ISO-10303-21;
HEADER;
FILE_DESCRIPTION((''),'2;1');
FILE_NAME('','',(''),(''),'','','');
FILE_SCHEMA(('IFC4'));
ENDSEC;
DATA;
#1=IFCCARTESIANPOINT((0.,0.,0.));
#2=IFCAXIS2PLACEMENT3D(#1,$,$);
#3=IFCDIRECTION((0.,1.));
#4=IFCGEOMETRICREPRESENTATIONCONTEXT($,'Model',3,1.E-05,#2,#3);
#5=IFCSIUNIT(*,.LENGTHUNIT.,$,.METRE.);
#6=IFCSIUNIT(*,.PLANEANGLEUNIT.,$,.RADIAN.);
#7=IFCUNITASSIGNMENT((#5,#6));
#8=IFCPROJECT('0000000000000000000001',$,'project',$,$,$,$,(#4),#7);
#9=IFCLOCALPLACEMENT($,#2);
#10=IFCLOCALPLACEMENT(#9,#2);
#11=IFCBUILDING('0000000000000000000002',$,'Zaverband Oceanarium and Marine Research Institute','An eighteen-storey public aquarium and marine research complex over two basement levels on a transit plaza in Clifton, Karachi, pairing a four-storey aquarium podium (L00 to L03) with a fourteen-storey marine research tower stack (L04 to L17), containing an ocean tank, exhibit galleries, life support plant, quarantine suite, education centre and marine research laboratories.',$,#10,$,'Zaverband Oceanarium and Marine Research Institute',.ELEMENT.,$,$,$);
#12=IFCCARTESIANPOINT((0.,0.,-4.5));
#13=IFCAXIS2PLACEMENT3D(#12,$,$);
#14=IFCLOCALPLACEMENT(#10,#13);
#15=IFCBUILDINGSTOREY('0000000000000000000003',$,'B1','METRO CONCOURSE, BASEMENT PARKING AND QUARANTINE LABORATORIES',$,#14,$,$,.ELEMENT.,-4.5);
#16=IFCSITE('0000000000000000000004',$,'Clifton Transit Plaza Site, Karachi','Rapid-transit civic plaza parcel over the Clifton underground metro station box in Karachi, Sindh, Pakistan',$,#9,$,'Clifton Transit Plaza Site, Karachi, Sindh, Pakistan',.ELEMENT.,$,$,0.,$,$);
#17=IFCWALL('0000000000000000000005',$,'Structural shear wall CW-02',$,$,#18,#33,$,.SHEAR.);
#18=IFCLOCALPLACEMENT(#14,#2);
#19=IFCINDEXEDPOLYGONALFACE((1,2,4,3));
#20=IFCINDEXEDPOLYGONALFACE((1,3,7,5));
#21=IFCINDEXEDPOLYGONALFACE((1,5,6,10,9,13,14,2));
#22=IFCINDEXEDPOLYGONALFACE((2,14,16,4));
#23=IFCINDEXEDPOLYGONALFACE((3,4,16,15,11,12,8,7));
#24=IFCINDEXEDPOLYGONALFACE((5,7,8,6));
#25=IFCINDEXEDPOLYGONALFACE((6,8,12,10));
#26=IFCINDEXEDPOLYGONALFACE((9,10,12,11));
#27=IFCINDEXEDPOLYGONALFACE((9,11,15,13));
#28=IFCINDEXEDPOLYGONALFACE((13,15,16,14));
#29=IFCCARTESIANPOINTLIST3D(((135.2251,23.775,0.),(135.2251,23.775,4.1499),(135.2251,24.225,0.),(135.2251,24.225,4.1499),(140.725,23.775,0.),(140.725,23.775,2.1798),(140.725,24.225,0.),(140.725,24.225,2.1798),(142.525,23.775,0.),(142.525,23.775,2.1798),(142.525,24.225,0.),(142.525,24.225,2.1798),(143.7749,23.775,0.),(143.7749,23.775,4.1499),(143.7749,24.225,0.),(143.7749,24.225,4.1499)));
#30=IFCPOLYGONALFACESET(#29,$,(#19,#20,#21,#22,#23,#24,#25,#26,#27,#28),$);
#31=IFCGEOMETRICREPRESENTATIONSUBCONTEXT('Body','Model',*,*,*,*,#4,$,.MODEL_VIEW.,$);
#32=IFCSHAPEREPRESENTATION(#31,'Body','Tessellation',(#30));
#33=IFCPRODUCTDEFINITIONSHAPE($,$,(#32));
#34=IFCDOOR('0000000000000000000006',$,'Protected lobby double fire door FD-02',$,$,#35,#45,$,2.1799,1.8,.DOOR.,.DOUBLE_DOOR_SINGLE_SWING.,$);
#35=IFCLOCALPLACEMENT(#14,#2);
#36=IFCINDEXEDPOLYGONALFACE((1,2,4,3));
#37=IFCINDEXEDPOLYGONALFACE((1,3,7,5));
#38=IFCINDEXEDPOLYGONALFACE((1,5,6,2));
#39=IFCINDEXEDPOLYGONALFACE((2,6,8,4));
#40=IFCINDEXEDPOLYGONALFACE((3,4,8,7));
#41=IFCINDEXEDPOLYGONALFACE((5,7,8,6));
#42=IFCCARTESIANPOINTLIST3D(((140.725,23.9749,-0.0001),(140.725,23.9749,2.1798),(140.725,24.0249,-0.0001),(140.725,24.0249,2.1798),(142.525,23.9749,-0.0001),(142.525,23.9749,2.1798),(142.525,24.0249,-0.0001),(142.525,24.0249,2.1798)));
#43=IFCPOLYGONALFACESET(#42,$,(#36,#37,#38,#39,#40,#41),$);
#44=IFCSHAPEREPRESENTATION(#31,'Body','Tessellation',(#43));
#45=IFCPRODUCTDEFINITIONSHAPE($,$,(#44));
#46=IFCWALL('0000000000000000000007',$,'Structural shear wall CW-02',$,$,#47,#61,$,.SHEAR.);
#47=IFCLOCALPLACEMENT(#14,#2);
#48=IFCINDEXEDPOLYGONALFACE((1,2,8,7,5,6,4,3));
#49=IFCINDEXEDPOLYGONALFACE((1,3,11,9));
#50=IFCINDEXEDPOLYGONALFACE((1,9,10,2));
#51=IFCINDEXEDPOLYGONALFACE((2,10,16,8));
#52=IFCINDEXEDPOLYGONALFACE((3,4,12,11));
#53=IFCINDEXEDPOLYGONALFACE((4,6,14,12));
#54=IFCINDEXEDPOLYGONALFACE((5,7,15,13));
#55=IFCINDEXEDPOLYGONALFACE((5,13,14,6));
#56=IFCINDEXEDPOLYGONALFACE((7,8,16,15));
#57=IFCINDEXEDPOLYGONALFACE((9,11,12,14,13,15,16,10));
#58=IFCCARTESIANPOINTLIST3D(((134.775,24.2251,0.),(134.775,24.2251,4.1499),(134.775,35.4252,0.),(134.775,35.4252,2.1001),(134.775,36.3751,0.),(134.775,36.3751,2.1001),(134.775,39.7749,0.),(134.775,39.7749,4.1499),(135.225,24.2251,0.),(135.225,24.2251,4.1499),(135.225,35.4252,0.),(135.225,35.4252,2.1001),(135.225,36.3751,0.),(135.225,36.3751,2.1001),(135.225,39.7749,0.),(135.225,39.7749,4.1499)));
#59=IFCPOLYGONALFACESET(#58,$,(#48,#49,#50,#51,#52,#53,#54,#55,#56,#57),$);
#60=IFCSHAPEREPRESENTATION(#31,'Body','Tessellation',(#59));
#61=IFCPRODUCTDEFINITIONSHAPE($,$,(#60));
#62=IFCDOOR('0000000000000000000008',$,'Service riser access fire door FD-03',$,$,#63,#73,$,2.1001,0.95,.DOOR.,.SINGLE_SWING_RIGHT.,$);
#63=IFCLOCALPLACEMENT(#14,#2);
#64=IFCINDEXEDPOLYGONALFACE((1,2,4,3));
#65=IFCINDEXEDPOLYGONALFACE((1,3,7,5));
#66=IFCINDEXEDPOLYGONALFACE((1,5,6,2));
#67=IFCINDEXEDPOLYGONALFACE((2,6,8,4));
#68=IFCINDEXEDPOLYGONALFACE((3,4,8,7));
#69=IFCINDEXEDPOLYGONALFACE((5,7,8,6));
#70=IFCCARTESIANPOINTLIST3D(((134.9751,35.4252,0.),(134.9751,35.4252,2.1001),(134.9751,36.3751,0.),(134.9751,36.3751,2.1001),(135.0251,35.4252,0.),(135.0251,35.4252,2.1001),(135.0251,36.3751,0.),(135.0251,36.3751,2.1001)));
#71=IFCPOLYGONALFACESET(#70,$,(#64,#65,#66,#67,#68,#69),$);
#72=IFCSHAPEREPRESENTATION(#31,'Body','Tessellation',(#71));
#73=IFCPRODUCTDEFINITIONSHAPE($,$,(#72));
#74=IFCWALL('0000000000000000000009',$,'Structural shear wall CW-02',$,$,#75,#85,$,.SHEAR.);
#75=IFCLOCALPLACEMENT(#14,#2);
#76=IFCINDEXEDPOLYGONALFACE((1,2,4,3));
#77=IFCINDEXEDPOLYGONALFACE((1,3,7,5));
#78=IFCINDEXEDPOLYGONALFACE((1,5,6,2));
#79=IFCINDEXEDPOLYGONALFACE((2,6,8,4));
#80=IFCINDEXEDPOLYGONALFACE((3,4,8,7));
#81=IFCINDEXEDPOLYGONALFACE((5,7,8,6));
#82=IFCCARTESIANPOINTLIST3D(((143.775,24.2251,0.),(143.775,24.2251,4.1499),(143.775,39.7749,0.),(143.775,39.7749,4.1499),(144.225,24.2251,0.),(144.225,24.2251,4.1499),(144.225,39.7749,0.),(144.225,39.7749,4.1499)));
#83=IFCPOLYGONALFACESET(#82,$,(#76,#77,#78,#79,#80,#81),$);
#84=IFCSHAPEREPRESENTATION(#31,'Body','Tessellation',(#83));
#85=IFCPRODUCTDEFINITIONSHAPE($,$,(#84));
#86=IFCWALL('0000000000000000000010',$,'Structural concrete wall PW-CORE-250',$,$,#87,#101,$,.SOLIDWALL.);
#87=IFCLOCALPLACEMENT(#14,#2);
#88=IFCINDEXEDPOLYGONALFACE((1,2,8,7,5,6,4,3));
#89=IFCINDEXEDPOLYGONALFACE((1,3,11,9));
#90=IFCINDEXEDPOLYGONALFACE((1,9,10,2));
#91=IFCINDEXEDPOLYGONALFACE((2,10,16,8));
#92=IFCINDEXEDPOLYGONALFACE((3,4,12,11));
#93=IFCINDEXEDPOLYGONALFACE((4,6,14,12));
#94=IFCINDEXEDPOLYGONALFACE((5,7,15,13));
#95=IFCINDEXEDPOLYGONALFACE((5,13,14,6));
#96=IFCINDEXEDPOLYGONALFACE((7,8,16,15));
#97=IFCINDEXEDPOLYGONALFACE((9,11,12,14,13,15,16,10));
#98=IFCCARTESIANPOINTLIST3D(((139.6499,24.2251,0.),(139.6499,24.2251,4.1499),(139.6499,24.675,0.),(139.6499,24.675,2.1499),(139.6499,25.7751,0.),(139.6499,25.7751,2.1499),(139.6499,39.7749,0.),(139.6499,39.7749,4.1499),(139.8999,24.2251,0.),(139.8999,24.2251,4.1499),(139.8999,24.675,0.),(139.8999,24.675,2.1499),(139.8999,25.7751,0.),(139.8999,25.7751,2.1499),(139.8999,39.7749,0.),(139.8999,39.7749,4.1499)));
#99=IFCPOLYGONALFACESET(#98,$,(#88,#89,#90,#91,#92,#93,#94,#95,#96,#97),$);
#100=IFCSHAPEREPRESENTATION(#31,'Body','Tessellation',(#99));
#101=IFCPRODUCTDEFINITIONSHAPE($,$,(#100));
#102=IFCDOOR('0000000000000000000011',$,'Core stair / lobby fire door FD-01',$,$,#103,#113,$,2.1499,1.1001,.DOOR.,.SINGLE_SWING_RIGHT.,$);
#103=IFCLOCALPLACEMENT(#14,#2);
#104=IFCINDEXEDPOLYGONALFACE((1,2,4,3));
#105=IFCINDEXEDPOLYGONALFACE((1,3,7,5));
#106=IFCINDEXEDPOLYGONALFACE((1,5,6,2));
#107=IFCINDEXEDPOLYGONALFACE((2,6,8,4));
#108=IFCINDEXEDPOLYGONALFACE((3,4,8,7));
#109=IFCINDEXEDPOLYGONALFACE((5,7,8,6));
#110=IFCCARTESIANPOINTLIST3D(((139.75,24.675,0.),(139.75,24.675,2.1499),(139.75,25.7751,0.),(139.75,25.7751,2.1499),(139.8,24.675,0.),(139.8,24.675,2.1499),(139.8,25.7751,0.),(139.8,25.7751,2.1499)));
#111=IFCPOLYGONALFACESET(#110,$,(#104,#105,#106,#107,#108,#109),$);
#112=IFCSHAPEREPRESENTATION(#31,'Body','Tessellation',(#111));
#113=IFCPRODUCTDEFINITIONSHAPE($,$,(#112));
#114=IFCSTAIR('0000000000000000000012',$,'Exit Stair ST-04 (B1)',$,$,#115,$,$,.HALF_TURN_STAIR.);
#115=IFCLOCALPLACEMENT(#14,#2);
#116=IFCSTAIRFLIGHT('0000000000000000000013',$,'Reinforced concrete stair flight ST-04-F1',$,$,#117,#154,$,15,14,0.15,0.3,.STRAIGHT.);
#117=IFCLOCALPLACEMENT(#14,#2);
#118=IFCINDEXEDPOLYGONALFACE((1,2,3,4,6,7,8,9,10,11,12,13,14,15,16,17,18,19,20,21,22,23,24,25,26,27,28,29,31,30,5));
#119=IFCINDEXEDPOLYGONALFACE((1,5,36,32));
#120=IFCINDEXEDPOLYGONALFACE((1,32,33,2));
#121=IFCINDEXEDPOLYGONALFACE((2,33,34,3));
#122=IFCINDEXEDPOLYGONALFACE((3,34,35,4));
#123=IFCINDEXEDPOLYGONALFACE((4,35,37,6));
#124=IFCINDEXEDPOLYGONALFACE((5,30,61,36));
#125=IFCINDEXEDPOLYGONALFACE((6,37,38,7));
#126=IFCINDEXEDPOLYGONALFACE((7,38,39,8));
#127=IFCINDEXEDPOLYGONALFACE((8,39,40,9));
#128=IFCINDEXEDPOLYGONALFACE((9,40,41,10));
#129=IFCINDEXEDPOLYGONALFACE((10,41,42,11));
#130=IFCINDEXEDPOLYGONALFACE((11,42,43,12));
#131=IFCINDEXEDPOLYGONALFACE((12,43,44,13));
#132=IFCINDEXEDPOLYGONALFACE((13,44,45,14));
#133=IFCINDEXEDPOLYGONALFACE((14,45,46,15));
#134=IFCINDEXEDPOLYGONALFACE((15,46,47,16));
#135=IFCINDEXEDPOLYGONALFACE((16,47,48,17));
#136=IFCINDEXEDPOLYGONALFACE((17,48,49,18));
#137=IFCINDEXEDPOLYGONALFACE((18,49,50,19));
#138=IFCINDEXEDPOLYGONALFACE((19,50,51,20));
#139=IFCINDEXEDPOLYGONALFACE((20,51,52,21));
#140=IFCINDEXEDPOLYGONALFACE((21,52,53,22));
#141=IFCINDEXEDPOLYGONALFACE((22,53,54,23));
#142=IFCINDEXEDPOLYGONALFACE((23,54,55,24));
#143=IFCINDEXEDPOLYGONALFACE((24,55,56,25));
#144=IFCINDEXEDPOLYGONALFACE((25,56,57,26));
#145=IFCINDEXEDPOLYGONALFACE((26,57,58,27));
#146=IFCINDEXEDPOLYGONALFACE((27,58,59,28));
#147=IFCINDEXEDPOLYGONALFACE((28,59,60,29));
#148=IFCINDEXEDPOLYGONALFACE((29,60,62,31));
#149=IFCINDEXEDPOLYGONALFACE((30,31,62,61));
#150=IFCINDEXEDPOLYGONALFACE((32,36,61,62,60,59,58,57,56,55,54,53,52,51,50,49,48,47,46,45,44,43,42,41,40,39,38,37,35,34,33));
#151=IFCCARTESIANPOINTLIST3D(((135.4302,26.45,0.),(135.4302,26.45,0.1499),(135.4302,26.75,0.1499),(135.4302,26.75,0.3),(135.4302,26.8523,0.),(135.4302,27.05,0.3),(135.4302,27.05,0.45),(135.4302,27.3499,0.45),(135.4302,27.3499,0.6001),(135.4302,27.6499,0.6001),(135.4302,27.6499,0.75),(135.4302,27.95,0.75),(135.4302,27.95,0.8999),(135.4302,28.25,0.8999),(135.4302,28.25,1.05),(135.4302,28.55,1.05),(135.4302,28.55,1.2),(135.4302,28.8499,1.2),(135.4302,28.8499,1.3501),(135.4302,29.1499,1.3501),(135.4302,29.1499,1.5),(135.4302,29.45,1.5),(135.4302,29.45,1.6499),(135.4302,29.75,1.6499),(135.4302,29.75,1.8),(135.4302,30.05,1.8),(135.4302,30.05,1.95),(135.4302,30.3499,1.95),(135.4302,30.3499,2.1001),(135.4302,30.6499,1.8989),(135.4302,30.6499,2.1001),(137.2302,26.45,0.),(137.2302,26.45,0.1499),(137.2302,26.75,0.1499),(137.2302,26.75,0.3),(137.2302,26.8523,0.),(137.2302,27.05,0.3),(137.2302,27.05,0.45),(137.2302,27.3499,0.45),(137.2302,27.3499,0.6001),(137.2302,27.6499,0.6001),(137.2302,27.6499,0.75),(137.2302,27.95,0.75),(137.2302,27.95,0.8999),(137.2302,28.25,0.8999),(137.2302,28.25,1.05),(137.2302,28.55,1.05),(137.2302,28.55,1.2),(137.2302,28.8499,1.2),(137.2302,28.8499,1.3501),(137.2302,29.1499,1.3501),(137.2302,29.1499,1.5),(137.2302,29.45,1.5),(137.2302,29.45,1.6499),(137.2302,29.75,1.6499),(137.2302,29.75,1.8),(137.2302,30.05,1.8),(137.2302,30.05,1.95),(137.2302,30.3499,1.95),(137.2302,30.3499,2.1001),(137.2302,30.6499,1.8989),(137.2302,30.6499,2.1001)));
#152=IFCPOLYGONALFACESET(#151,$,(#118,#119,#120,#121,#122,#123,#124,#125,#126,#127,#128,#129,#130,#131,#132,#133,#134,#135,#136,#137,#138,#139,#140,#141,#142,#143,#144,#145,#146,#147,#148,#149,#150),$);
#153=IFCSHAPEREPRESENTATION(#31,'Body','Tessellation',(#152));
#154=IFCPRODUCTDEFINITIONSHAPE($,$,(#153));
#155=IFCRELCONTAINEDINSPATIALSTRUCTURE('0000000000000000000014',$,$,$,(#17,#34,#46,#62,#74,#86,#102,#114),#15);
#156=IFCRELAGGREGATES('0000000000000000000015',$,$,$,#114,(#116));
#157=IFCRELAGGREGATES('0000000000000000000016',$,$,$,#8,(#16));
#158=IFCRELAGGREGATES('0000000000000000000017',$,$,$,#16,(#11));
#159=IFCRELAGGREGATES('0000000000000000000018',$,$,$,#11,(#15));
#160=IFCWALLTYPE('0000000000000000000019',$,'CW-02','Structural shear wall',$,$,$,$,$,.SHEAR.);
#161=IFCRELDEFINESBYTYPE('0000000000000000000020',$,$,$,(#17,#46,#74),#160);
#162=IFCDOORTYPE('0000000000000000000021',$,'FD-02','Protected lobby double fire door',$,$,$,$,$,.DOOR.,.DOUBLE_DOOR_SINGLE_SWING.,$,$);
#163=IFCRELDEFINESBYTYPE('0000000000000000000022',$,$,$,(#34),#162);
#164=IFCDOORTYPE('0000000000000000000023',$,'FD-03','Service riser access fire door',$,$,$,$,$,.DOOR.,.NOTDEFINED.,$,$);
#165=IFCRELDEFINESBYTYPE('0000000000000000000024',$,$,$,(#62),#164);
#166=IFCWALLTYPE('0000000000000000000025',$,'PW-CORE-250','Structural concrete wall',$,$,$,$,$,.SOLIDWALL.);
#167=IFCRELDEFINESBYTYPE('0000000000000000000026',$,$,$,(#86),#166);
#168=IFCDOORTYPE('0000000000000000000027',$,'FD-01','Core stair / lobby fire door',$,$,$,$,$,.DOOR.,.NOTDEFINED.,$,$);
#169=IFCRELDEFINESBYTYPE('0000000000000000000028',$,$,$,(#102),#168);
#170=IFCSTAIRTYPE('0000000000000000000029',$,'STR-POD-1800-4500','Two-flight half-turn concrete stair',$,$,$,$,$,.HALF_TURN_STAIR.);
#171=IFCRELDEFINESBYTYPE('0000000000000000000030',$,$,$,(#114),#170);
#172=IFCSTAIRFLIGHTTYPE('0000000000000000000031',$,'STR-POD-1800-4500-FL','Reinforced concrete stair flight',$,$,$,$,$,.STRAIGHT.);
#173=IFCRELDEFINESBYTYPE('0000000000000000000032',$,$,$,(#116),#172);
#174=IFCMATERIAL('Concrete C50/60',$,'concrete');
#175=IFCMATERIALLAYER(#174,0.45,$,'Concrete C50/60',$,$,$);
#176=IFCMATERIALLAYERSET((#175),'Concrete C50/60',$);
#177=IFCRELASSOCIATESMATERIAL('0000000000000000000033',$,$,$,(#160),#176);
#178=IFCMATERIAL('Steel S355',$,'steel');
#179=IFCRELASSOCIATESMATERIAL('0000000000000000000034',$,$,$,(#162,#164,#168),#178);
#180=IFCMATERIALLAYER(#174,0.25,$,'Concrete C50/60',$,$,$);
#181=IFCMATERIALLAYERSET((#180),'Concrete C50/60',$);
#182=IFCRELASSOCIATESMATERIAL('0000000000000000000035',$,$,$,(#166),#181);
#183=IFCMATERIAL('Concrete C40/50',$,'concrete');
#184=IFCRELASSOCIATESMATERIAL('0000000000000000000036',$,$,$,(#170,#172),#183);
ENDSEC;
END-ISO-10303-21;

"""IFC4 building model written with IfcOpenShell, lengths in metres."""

from ifc_helpers import new_model, si_unit, direction, frame, frame_2d, origin, place, context, subcontext, project, spatial, polyline, rectangle, outline, extrude, material, layer, layer_set, type_object, element, fill, aggregate, save


model = new_model("IFC4")

# Units and contexts
model_context = context("Model", 3, precision=1e-05, world=origin(), true_north=direction((0.0, 1.0)))
body_context = subcontext(model_context, "Body", "Model", "MODEL_VIEW")
ifc_project = project(units=[si_unit("LENGTHUNIT", "METRE"), si_unit("PLANEANGLEUNIT", "RADIAN")], contexts=[model_context])

# Site, building, storey
site_placement = place(None, origin())
site = spatial("IfcSite", under=ifc_project, at=site_placement, Name="Clifton Transit Plaza Site, Karachi", Description="Rapid-transit civic plaza parcel over the Clifton underground metro station box in Karachi, Sindh, Pakistan", LongName="Clifton Transit Plaza Site, Karachi, Sindh, Pakistan", CompositionType="ELEMENT", RefElevation=0.0)
building_placement = place(site_placement, origin())
building = spatial("IfcBuilding", under=site, at=building_placement, Name="Zaverband Oceanarium and Marine Research Institute", Description="An eighteen-storey public aquarium and marine research complex over two basement levels on a transit plaza in Clifton, Karachi, pairing a four-storey aquarium podium (L00 to L03) with a fourteen-storey marine research tower stack (L04 to L17), containing an ocean tank, exhibit galleries, life support plant, quarantine suite, education centre and marine research laboratories.", LongName="Zaverband Oceanarium and Marine Research Institute", CompositionType="ELEMENT")
storey_placement = place(building_placement, frame((0.0, 0.0, -4.5)))
storey = spatial("IfcBuildingStorey", under=building, at=storey_placement, Name="B1", Description="METRO CONCOURSE, BASEMENT PARKING AND QUARANTINE LABORATORIES", CompositionType="ELEMENT", Elevation=-4.5)

# Shared definitions
ifc_material_1 = material(Name="Concrete C50/60", Category="concrete")

# Shared definitions
ifc_material_2 = material(Name="Concrete C40/50", Category="concrete")

# Walls, openings, doors
ifc_layer_1 = layer(ifc_material_1, 0.45, Name="Concrete C50/60")
ifc_layer_set_1 = layer_set([ifc_layer_1], Name="Concrete C50/60")
wall_type_1 = type_object("IfcWallType", Name="CW-02", Description="Structural shear wall", PredefinedType="SHEAR", material=ifc_layer_set_1)
wall_1_placement = place(storey_placement, frame((135.2251, 24.0, 0.0), z_axis=(0.0, 0.0, 1.0), x_axis=(1.0, 0.0, 0.0)))
wall_1 = element("IfcWall", 1, at=wall_1_placement, inside=storey, type_object=wall_type_1, Name="Structural shear wall CW-02", PredefinedType="SHEAR", context=body_context, shape_type="SweptSolid", body=[
    extrude(rectangle(XDim=8.5498, YDim=0.45, at=frame_2d((4.2749, 0.0))), origin(), (0.0, 0.0, 1.0), 4.1499),
])
opening_1_placement = place(wall_1_placement, frame((5.5, 0.0, 0.0)))
opening_1 = element("IfcOpeningElement", 2, at=opening_1_placement, cuts=wall_1, PredefinedType="OPENING", context=body_context, shape_type="SweptSolid", body=[
    extrude(rectangle(XDim=1.8, YDim=2.1799, at=frame_2d((0.8999, 1.0898))), frame((0.0, 0.2368, 0.0), z_axis=(0.0, -1.0, 0.0), x_axis=(1.0, 0.0, 0.0)), (0.0, 0.0, 1.0), 0.4739),
])
ifc_material_3 = material(Name="Steel S355", Category="steel")
door_type_1 = type_object("IfcDoorType", Name="FD-02", Description="Protected lobby double fire door", OperationType="DOUBLE_DOOR_SINGLE_SWING", PredefinedType="DOOR", material=ifc_material_3)
door_1_placement = place(opening_1_placement, origin())
door_1 = element("IfcDoor", 3, at=door_1_placement, inside=storey, type_object=door_type_1, Name="Protected lobby double fire door FD-02", OperationType="DOUBLE_DOOR_SINGLE_SWING", OverallHeight=2.1799, OverallWidth=1.8, PredefinedType="DOOR", context=body_context, shape_type="SweptSolid", body=[
    extrude(rectangle(XDim=1.8, YDim=2.1799, at=frame_2d((0.8999, 1.0898))), frame((0.0, 0.0249, 0.0), z_axis=(0.0, -1.0, 0.0), x_axis=(1.0, 0.0, 0.0)), (0.0, 0.0, 1.0), 0.05),
])
fill(opening_1, door_1)
wall_2_placement = place(storey_placement, frame((135.0, 24.2251, 0.0), z_axis=(0.0, 0.0, 1.0), x_axis=(0.0, 1.0, 0.0)))
wall_2 = element("IfcWall", 4, at=wall_2_placement, inside=storey, type_object=wall_type_1, Name="Structural shear wall CW-02", PredefinedType="SHEAR", context=body_context, shape_type="SweptSolid", body=[
    extrude(rectangle(XDim=15.5498, YDim=0.45, at=frame_2d((7.7749, 0.0))), origin(), (0.0, 0.0, 1.0), 4.1499),
])
opening_2_placement = place(wall_2_placement, frame((11.2, 0.0, 0.0)))
opening_2 = element("IfcOpeningElement", 5, at=opening_2_placement, cuts=wall_2, PredefinedType="OPENING", context=body_context, shape_type="SweptSolid", body=[
    extrude(rectangle(XDim=0.95, YDim=2.1001, at=frame_2d((0.4751, 1.05))), frame((0.0, 0.2368, 0.0), z_axis=(0.0, -1.0, 0.0), x_axis=(1.0, 0.0, 0.0)), (0.0, 0.0, 1.0), 0.4739),
])
door_type_2 = type_object("IfcDoorType", Name="FD-03", Description="Service riser access fire door", OperationType="NOTDEFINED", PredefinedType="DOOR", material=ifc_material_3)
door_2_placement = place(opening_2_placement, origin())
door_2 = element("IfcDoor", 6, at=door_2_placement, inside=storey, type_object=door_type_2, Name="Service riser access fire door FD-03", OperationType="SINGLE_SWING_RIGHT", OverallHeight=2.1001, OverallWidth=0.95, PredefinedType="DOOR", context=body_context, shape_type="SweptSolid", body=[
    extrude(rectangle(XDim=0.95, YDim=2.1001, at=frame_2d((0.4751, 1.05))), frame((0.0, 0.0249, 0.0), z_axis=(0.0, -1.0, 0.0), x_axis=(1.0, 0.0, 0.0)), (0.0, 0.0, 1.0), 0.05),
])
fill(opening_2, door_2)

# Wall
wall_3_placement = place(storey_placement, frame((144.0, 24.2251, 0.0), z_axis=(0.0, 0.0, 1.0), x_axis=(0.0, 1.0, 0.0)))
element("IfcWall", 7, at=wall_3_placement, inside=storey, type_object=wall_type_1, Name="Structural shear wall CW-02", PredefinedType="SHEAR", context=body_context, shape_type="SweptSolid", body=[
    extrude(rectangle(XDim=15.5498, YDim=0.45, at=frame_2d((7.7749, 0.0))), origin(), (0.0, 0.0, 1.0), 4.1499),
])

# Wall, opening, door
ifc_layer_2 = layer(ifc_material_1, 0.25, Name="Concrete C50/60")
ifc_layer_set_2 = layer_set([ifc_layer_2], Name="Concrete C50/60")
wall_type_2 = type_object("IfcWallType", Name="PW-CORE-250", Description="Structural concrete wall", PredefinedType="SOLIDWALL", material=ifc_layer_set_2)
wall_4_placement = place(storey_placement, frame((139.7749, 24.2251, 0.0), z_axis=(0.0, 0.0, 1.0), x_axis=(0.0, 1.0, 0.0)))
wall_4 = element("IfcWall", 8, at=wall_4_placement, inside=storey, type_object=wall_type_2, Name="Structural concrete wall PW-CORE-250", PredefinedType="SOLIDWALL", context=body_context, shape_type="SweptSolid", body=[
    extrude(rectangle(XDim=15.5498, YDim=0.25, at=frame_2d((7.7749, 0.0))), origin(), (0.0, 0.0, 1.0), 4.1499),
])
opening_3_placement = place(wall_4_placement, frame((0.45, 0.0, 0.0)))
opening_3 = element("IfcOpeningElement", 9, at=opening_3_placement, cuts=wall_4, PredefinedType="OPENING", context=body_context, shape_type="SweptSolid", body=[
    extrude(rectangle(XDim=1.1001, YDim=2.1499, at=frame_2d((0.55, 1.075))), frame((0.0, 0.137, 0.0), z_axis=(0.0, -1.0, 0.0), x_axis=(1.0, 0.0, 0.0)), (0.0, 0.0, 1.0), 0.2739),
])
door_type_3 = type_object("IfcDoorType", Name="FD-01", Description="Core stair / lobby fire door", OperationType="NOTDEFINED", PredefinedType="DOOR", material=ifc_material_3)
door_3_placement = place(opening_3_placement, origin())
door_3 = element("IfcDoor", 10, at=door_3_placement, inside=storey, type_object=door_type_3, Name="Core stair / lobby fire door FD-01", OperationType="SINGLE_SWING_RIGHT", OverallHeight=2.1499, OverallWidth=1.1001, PredefinedType="DOOR", context=body_context, shape_type="SweptSolid", body=[
    extrude(rectangle(XDim=1.1001, YDim=2.1499, at=frame_2d((0.55, 1.075))), frame((0.0, 0.0249, 0.0), z_axis=(0.0, -1.0, 0.0), x_axis=(1.0, 0.0, 0.0)), (0.0, 0.0, 1.0), 0.05),
])
fill(opening_3, door_3)

# Stair, stair flight
stair_type = type_object("IfcStairType", Name="STR-POD-1800-4500", Description="Two-flight half-turn concrete stair", PredefinedType="HALF_TURN_STAIR", material=ifc_material_2)
stair_placement = place(storey_placement, origin())
stair = element("IfcStair", 11, at=stair_placement, inside=storey, type_object=stair_type, Name="Exit Stair ST-04 (B1)", PredefinedType="HALF_TURN_STAIR")
stair_flight_type = type_object("IfcStairFlightType", Name="STR-POD-1800-4500-FL", Description="Reinforced concrete stair flight", PredefinedType="STRAIGHT", material=ifc_material_2)
stair_flight_placement = place(storey_placement, frame((136.3301, 26.45, 0.0), z_axis=(0.0, 0.0, 1.0), x_axis=(0.0, 1.0, 0.0)))
stair_flight = element("IfcStairFlight", 12, at=stair_flight_placement, type_object=stair_flight_type, Name="Reinforced concrete stair flight ST-04-F1", NumberOfRisers=15, NumberOfTreads=14, PredefinedType="STRAIGHT", RiserHeight=0.15, TreadLength=0.3, context=body_context, shape_type="SweptSolid", body=[
    extrude(outline(polyline([(0.0, 0.0), (0.0, 0.1499), (0.3, 0.1499), (0.3, 0.3), (0.6001, 0.3), (0.6001, 0.45), (0.8999, 0.45), (0.8999, 0.6001), (1.2, 0.6001), (1.2, 0.75), (1.5, 0.75), (1.5, 0.8999), (1.8, 0.8999), (1.8, 1.05), (2.1001, 1.05), (2.1001, 1.2), (2.3999, 1.2), (2.3999, 1.3501), (2.7, 1.3501), (2.7, 1.5), (3.0, 1.5), (3.0, 1.6499), (3.3, 1.6499), (3.3, 1.8), (3.6001, 1.8), (3.6001, 1.95), (3.8999, 1.95), (3.8999, 2.1001), (4.2, 2.1001), (4.2, 2.25), (4.2, 1.8989), (0.4023, 0.0), (0.0, 0.0)])), frame((0.0, 0.8999, 0.0), z_axis=(0.0, -1.0, 0.0), x_axis=(1.0, 0.0, 0.0)), (0.0, 0.0, 1.0), 1.8),
])
aggregate(stair, [stair_flight])

save(model, "model.ifc")
